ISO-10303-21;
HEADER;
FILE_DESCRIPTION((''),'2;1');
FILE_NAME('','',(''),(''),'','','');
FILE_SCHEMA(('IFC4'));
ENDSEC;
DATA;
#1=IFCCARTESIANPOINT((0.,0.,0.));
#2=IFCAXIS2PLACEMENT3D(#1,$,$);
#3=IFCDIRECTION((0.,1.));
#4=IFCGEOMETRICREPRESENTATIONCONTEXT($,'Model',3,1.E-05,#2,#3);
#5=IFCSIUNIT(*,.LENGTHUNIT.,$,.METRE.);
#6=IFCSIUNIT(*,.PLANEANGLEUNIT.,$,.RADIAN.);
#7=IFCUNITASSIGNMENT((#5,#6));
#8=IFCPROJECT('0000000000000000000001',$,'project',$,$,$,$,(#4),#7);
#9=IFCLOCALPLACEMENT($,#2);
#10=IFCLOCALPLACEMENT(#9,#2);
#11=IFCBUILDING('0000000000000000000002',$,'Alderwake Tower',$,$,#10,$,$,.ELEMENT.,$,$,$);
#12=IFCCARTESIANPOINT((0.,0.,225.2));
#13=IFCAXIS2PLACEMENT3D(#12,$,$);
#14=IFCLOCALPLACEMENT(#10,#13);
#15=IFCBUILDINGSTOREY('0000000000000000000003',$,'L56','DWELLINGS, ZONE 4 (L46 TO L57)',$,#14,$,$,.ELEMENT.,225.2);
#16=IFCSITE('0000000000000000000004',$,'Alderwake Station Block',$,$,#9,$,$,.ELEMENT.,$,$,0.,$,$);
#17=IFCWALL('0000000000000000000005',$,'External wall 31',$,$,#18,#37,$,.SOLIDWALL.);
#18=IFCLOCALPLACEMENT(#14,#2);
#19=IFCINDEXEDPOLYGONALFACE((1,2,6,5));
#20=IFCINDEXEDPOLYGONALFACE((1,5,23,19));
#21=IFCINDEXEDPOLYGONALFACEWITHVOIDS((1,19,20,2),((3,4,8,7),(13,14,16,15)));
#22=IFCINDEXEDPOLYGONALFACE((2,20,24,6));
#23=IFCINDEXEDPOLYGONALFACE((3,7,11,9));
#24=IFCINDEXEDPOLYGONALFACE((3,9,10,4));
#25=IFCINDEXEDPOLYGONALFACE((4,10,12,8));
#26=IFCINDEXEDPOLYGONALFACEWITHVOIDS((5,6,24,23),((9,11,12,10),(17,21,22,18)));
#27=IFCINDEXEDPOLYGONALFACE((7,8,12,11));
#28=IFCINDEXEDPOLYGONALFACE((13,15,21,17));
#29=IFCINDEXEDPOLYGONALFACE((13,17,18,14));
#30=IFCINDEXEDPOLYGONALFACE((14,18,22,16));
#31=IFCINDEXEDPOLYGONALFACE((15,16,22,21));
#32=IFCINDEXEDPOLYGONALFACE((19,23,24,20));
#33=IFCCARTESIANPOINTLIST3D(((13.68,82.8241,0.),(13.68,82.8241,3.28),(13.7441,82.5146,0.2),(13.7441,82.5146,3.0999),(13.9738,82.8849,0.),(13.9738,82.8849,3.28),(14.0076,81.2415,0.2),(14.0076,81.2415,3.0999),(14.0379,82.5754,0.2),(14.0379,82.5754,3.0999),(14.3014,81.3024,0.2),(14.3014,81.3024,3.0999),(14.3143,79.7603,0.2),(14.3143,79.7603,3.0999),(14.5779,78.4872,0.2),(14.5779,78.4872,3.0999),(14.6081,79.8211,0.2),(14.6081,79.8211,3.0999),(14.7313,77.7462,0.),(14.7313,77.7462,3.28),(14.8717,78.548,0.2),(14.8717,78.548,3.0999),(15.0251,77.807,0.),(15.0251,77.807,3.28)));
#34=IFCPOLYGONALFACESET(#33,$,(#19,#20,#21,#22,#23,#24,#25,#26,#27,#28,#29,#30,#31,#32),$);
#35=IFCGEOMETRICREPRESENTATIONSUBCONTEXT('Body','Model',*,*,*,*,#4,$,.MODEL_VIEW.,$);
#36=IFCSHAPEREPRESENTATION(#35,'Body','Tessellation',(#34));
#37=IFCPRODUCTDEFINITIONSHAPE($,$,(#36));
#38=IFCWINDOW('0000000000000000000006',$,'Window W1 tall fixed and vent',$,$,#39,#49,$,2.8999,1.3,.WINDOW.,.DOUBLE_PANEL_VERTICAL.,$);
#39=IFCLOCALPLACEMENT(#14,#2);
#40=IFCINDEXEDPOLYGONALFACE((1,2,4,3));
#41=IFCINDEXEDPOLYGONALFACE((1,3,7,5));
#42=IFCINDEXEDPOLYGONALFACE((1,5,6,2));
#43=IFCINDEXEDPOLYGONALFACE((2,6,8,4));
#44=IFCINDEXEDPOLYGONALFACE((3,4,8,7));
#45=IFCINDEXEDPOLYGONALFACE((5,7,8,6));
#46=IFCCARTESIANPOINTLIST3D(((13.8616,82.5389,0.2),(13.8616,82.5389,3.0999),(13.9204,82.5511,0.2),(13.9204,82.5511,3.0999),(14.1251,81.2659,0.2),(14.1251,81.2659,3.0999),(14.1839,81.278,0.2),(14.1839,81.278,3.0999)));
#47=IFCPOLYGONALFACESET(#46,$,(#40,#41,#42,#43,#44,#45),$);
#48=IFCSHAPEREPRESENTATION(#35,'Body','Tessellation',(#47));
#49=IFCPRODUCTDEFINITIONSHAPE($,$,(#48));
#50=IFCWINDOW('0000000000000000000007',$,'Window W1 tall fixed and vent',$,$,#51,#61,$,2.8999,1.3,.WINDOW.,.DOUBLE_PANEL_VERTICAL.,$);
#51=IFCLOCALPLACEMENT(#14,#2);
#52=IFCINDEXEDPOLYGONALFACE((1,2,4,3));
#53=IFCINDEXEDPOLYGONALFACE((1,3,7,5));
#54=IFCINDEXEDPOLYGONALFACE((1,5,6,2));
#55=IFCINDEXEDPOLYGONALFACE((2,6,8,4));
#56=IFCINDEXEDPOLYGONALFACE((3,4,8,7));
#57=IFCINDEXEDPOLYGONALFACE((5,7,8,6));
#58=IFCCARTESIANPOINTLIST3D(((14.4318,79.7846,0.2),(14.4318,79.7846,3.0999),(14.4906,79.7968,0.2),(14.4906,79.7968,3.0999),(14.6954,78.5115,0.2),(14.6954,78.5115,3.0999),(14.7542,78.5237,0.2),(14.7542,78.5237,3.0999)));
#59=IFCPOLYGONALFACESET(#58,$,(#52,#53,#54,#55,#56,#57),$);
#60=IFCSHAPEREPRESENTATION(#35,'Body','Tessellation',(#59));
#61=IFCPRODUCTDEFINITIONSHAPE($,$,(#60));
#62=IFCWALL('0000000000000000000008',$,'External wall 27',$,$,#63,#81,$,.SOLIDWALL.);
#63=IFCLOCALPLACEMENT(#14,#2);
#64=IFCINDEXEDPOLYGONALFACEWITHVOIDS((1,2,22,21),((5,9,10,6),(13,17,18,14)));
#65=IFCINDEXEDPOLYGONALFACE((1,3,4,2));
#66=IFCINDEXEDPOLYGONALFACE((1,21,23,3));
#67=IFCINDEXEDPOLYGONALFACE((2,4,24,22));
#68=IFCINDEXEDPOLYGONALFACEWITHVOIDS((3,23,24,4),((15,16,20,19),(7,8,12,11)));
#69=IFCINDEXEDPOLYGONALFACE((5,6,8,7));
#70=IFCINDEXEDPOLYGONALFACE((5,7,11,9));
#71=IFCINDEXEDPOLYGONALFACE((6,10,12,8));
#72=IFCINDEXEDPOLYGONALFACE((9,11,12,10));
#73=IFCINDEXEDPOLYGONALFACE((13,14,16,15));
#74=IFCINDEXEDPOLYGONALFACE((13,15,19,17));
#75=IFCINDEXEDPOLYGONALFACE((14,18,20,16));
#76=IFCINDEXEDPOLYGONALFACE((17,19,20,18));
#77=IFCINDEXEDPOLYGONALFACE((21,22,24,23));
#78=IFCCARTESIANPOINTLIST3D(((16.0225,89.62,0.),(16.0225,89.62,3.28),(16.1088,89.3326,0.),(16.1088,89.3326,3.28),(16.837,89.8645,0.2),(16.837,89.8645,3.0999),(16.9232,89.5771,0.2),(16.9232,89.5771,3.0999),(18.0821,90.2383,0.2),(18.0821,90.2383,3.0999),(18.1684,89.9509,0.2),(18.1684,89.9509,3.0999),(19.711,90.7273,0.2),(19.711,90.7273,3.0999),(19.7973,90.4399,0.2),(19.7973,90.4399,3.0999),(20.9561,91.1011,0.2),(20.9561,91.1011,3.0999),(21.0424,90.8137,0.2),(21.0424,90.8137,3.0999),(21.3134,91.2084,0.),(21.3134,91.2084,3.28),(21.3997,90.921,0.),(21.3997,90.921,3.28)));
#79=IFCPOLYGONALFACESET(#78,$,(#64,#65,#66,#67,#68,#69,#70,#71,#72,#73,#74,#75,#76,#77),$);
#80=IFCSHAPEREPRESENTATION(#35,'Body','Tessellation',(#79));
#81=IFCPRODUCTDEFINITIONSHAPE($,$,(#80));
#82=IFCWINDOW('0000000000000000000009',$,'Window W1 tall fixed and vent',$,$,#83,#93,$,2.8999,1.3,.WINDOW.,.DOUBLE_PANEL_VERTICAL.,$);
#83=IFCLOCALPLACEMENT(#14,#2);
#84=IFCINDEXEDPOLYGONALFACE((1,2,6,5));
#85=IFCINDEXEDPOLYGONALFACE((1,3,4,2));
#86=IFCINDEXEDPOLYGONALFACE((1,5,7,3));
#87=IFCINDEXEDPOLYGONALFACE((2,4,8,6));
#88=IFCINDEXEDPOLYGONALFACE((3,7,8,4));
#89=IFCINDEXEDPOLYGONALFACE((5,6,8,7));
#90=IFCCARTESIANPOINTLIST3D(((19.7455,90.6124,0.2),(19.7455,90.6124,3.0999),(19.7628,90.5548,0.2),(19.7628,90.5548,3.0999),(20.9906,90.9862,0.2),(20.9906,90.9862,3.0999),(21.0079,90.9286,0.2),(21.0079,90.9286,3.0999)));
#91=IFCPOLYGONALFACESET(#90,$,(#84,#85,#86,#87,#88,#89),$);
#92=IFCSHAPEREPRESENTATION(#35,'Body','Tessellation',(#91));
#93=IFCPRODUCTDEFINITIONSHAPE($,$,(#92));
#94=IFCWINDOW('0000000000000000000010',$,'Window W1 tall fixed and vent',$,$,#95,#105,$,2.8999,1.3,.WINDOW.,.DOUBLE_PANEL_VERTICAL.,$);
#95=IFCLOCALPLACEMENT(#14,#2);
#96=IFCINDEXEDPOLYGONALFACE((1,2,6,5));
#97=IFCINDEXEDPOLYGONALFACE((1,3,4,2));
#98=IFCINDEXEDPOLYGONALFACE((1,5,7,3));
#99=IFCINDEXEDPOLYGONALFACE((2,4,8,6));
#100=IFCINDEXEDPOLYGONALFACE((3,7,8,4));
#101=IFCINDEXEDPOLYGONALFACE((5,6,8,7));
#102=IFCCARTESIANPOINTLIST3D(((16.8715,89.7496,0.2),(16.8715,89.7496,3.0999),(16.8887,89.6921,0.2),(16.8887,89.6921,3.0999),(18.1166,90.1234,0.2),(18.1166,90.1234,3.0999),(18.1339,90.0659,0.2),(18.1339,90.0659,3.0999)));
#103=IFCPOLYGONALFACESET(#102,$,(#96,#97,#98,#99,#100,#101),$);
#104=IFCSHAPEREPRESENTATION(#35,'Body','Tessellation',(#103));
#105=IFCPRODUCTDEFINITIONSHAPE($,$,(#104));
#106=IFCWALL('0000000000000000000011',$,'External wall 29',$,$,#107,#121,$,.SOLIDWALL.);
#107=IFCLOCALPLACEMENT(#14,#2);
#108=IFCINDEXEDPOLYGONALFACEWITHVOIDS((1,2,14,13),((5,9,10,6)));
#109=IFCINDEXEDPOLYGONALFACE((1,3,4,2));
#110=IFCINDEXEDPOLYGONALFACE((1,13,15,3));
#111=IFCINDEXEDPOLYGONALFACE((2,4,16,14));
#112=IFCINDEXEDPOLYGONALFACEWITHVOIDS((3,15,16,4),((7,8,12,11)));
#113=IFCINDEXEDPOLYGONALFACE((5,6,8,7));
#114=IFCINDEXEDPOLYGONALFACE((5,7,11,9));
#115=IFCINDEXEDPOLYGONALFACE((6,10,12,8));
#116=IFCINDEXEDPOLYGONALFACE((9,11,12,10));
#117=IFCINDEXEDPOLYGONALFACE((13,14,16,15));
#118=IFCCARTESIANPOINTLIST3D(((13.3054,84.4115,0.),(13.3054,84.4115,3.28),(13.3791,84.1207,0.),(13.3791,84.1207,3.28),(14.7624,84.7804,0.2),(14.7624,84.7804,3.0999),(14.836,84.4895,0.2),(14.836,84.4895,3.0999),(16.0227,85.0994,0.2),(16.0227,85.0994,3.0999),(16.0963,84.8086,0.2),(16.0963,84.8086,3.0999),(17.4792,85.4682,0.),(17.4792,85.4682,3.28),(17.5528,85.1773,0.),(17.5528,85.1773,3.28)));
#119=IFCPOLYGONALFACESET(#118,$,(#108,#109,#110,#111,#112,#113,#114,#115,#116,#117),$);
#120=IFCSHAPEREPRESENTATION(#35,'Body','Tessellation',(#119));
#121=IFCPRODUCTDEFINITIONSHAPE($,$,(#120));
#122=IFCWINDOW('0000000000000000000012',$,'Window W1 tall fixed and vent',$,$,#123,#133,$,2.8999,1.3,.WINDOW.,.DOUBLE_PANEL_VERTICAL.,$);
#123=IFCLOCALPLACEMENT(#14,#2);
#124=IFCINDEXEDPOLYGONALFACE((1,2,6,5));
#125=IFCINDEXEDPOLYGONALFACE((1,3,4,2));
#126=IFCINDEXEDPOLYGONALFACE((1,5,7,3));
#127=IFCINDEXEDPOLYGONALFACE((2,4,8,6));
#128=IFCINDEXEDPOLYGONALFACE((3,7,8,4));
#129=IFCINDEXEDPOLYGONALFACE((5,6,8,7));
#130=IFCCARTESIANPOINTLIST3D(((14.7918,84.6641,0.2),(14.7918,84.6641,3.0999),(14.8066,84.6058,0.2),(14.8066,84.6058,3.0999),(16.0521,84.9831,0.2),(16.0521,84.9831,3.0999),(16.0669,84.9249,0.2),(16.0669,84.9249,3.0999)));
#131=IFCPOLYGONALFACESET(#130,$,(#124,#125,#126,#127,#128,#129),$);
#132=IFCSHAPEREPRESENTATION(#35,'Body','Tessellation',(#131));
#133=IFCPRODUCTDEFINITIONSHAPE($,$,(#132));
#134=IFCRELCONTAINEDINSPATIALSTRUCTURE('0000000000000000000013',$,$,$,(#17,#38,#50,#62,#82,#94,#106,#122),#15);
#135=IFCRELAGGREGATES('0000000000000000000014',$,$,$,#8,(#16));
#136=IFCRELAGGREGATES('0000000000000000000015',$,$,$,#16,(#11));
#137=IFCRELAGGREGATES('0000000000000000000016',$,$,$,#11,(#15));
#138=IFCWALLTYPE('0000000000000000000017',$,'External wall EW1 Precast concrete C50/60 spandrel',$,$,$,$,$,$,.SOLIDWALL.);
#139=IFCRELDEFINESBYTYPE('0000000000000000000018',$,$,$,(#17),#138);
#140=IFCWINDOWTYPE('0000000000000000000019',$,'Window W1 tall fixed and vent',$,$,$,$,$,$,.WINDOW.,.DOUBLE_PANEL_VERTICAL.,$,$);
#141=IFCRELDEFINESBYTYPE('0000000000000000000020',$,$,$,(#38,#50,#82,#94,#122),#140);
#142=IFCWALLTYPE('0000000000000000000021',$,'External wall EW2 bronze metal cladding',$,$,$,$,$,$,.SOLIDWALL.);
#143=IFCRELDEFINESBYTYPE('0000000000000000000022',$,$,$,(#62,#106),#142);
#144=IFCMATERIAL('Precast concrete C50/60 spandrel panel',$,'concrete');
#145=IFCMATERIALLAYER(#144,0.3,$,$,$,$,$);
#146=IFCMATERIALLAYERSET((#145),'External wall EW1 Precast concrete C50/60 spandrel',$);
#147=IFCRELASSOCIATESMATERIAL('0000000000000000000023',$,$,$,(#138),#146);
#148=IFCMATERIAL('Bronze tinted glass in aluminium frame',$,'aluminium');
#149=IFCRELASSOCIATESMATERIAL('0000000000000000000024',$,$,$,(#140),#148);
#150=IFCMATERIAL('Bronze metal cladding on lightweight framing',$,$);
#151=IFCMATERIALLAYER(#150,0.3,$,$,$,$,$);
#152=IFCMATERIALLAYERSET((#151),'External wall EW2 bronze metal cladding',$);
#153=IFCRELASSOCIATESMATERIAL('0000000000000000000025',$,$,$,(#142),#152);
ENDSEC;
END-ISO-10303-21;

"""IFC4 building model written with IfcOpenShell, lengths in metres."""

from ifc_helpers import new_model, si_unit, direction, frame, frame_2d, origin, place, context, subcontext, project, spatial, rectangle, extrude, material, layer, layer_set, type_object, element, fill, save


model = new_model("IFC4")

# Units and contexts
model_context = context("Model", 3, precision=1e-05, world=origin(), true_north=direction((0.0, 1.0)))
body_context = subcontext(model_context, "Body", "Model", "MODEL_VIEW")
ifc_project = project(units=[si_unit("LENGTHUNIT", "METRE"), si_unit("PLANEANGLEUNIT", "RADIAN")], contexts=[model_context])

# Site, building, storey
site_placement = place(None, origin())
site = spatial("IfcSite", under=ifc_project, at=site_placement, Name="Alderwake Station Block", CompositionType="ELEMENT", RefElevation=0.0)
building_placement = place(site_placement, origin())
building = spatial("IfcBuilding", under=site, at=building_placement, Name="Alderwake Tower", CompositionType="ELEMENT")
storey_placement = place(building_placement, frame((0.0, 0.0, 225.2)))
storey = spatial("IfcBuildingStorey", under=building, at=storey_placement, Name="L56", Description="DWELLINGS, ZONE 4 (L46 TO L57)", CompositionType="ELEMENT", Elevation=225.2)

# Shared definitions
ifc_material_1 = material(Name="Precast concrete C50/60 spandrel panel", Category="concrete")
ifc_layer_1 = layer(ifc_material_1, 0.3)
ifc_layer_set_1 = layer_set([ifc_layer_1], Name="External wall EW1 Precast concrete C50/60 spandrel")
wall_type_1 = type_object("IfcWallType", Name="External wall EW1 Precast concrete C50/60 spandrel", PredefinedType="SOLIDWALL", material=ifc_layer_set_1)

# Walls, openings, windows
wall_1_placement = place(storey_placement, frame((13.8269, 82.8545, 0.0), z_axis=(0.0, 0.0, 1.0), x_axis=(0.20273, -0.979235, 0.0)))
wall_1 = element("IfcWall", 1, at=wall_1_placement, inside=storey, type_object=wall_type_1, Name="External wall 31", PredefinedType="SOLIDWALL", context=body_context, shape_type="SweptSolid", body=[
    extrude(rectangle(XDim=5.1855, YDim=0.3, at=frame_2d((2.5928, 0.0))), origin(), (0.0, 0.0, 1.0), 3.28),
])
opening_1_placement = place(wall_1_placement, frame((0.3162, 0.0, 0.2)))
opening_1 = element("IfcOpeningElement", 2, at=opening_1_placement, cuts=wall_1, PredefinedType="OPENING", context=body_context, shape_type="SweptSolid", body=[
    extrude(rectangle(XDim=1.3, YDim=2.8999, at=frame_2d((0.6499, 1.45))), frame((0.0, 0.1599, 0.0), z_axis=(0.0, -1.0, 0.0), x_axis=(1.0, 0.0, 0.0)), (0.0, 0.0, 1.0), 0.3201),
])
opening_2_placement = place(wall_1_placement, frame((3.1289, 0.0, 0.2)))
opening_2 = element("IfcOpeningElement", 3, at=opening_2_placement, cuts=wall_1, PredefinedType="OPENING", context=body_context, shape_type="SweptSolid", body=[
    extrude(rectangle(XDim=1.3, YDim=2.8999, at=frame_2d((0.6499, 1.45))), frame((0.0, 0.1599, 0.0), z_axis=(0.0, -1.0, 0.0), x_axis=(1.0, 0.0, 0.0)), (0.0, 0.0, 1.0), 0.3201),
])
ifc_material_2 = material(Name="Bronze tinted glass in aluminium frame", Category="aluminium")
window_type = type_object("IfcWindowType", Name="Window W1 tall fixed and vent", PartitioningType="DOUBLE_PANEL_VERTICAL", PredefinedType="WINDOW", material=ifc_material_2)
window_1_placement = place(opening_1_placement, origin())
window_1 = element("IfcWindow", 4, at=window_1_placement, inside=storey, type_object=window_type, Name="Window W1 tall fixed and vent", OverallHeight=2.8999, OverallWidth=1.3, PartitioningType="DOUBLE_PANEL_VERTICAL", PredefinedType="WINDOW", context=body_context, shape_type="SweptSolid", body=[
    extrude(rectangle(XDim=1.3, YDim=2.8999, at=frame_2d((0.6499, 1.45))), frame((0.0, 0.03, 0.0), z_axis=(0.0, -1.0, 0.0), x_axis=(1.0, 0.0, 0.0)), (0.0, 0.0, 1.0), 0.0601),
])
fill(opening_1, window_1)
window_2_placement = place(opening_2_placement, origin())
window_2 = element("IfcWindow", 5, at=window_2_placement, inside=storey, type_object=window_type, Name="Window W1 tall fixed and vent", OverallHeight=2.8999, OverallWidth=1.3, PartitioningType="DOUBLE_PANEL_VERTICAL", PredefinedType="WINDOW", context=body_context, shape_type="SweptSolid", body=[
    extrude(rectangle(XDim=1.3, YDim=2.8999, at=frame_2d((0.6499, 1.45))), frame((0.0, 0.03, 0.0), z_axis=(0.0, -1.0, 0.0), x_axis=(1.0, 0.0, 0.0)), (0.0, 0.0, 1.0), 0.0601),
])
fill(opening_2, window_2)
ifc_material_3 = material(Name="Bronze metal cladding on lightweight framing")
ifc_layer_2 = layer(ifc_material_3, 0.3)
ifc_layer_set_2 = layer_set([ifc_layer_2], Name="External wall EW2 bronze metal cladding")
wall_type_2 = type_object("IfcWallType", Name="External wall EW2 bronze metal cladding", PredefinedType="SOLIDWALL", material=ifc_layer_set_2)
wall_2_placement = place(storey_placement, frame((21.3567, 91.0647, 0.0), z_axis=(0.0, 0.0, 1.0), x_axis=(-0.957773, -0.287526, 0.0)))
wall_2 = element("IfcWall", 6, at=wall_2_placement, inside=storey, type_object=wall_type_2, Name="External wall 27", PredefinedType="SOLIDWALL", context=body_context, shape_type="SweptSolid", body=[
    extrude(rectangle(XDim=5.5242, YDim=0.3, at=frame_2d((2.7622, 0.0))), origin(), (0.0, 0.0, 1.0), 3.28),
])
opening_3_placement = place(wall_2_placement, frame((0.3733, 0.0, 0.2)))
opening_3 = element("IfcOpeningElement", 7, at=opening_3_placement, cuts=wall_2, PredefinedType="OPENING", context=body_context, shape_type="SweptSolid", body=[
    extrude(rectangle(XDim=1.3, YDim=2.8999, at=frame_2d((0.6499, 1.45))), frame((0.0, 0.1599, 0.0), z_axis=(0.0, -1.0, 0.0), x_axis=(1.0, 0.0, 0.0)), (0.0, 0.0, 1.0), 0.3201),
])
opening_4_placement = place(wall_2_placement, frame((3.374, 0.0, 0.2)))
opening_4 = element("IfcOpeningElement", 8, at=opening_4_placement, cuts=wall_2, PredefinedType="OPENING", context=body_context, shape_type="SweptSolid", body=[
    extrude(rectangle(XDim=1.3, YDim=2.8999, at=frame_2d((0.6499, 1.45))), frame((0.0, 0.1599, 0.0), z_axis=(0.0, -1.0, 0.0), x_axis=(1.0, 0.0, 0.0)), (0.0, 0.0, 1.0), 0.3201),
])
window_3_placement = place(opening_3_placement, origin())
window_3 = element("IfcWindow", 9, at=window_3_placement, inside=storey, type_object=window_type, Name="Window W1 tall fixed and vent", OverallHeight=2.8999, OverallWidth=1.3, PartitioningType="DOUBLE_PANEL_VERTICAL", PredefinedType="WINDOW", context=body_context, shape_type="SweptSolid", body=[
    extrude(rectangle(XDim=1.3, YDim=2.8999, at=frame_2d((0.6499, 1.45))), frame((0.0, 0.03, 0.0), z_axis=(0.0, -1.0, 0.0), x_axis=(1.0, 0.0, 0.0)), (0.0, 0.0, 1.0), 0.0601),
])
fill(opening_3, window_3)
window_4_placement = place(opening_4_placement, origin())
window_4 = element("IfcWindow", 10, at=window_4_placement, inside=storey, type_object=window_type, Name="Window W1 tall fixed and vent", OverallHeight=2.8999, OverallWidth=1.3, PartitioningType="DOUBLE_PANEL_VERTICAL", PredefinedType="WINDOW", context=body_context, shape_type="SweptSolid", body=[
    extrude(rectangle(XDim=1.3, YDim=2.8999, at=frame_2d((0.6499, 1.45))), frame((0.0, 0.03, 0.0), z_axis=(0.0, -1.0, 0.0), x_axis=(1.0, 0.0, 0.0)), (0.0, 0.0, 1.0), 0.0601),
])
fill(opening_4, window_4)

# Wall, opening, window
wall_3_placement = place(storey_placement, frame((17.5161, 85.3228, 0.0), z_axis=(0.0, 0.0, 1.0), x_axis=(-0.969418, -0.245416, 0.0)))
wall_3 = element("IfcWall", 11, at=wall_3_placement, inside=storey, type_object=wall_type_2, Name="External wall 29", PredefinedType="SOLIDWALL", context=body_context, shape_type="SweptSolid", body=[
    extrude(rectangle(XDim=4.3054, YDim=0.3, at=frame_2d((2.1528, 0.0))), origin(), (0.0, 0.0, 1.0), 3.28),
])
opening_5_placement = place(wall_3_placement, frame((1.5027, 0.0, 0.2)))
opening_5 = element("IfcOpeningElement", 12, at=opening_5_placement, cuts=wall_3, PredefinedType="OPENING", context=body_context, shape_type="SweptSolid", body=[
    extrude(rectangle(XDim=1.3, YDim=2.8999, at=frame_2d((0.6499, 1.45))), frame((0.0, 0.1599, 0.0), z_axis=(0.0, -1.0, 0.0), x_axis=(1.0, 0.0, 0.0)), (0.0, 0.0, 1.0), 0.3201),
])
window_5_placement = place(opening_5_placement, origin())
window_5 = element("IfcWindow", 13, at=window_5_placement, inside=storey, type_object=window_type, Name="Window W1 tall fixed and vent", OverallHeight=2.8999, OverallWidth=1.3, PartitioningType="DOUBLE_PANEL_VERTICAL", PredefinedType="WINDOW", context=body_context, shape_type="SweptSolid", body=[
    extrude(rectangle(XDim=1.3, YDim=2.8999, at=frame_2d((0.6499, 1.45))), frame((0.0, 0.03, 0.0), z_axis=(0.0, -1.0, 0.0), x_axis=(1.0, 0.0, 0.0)), (0.0, 0.0, 1.0), 0.0601),
])
fill(opening_5, window_5)

save(model, "model.ifc")
